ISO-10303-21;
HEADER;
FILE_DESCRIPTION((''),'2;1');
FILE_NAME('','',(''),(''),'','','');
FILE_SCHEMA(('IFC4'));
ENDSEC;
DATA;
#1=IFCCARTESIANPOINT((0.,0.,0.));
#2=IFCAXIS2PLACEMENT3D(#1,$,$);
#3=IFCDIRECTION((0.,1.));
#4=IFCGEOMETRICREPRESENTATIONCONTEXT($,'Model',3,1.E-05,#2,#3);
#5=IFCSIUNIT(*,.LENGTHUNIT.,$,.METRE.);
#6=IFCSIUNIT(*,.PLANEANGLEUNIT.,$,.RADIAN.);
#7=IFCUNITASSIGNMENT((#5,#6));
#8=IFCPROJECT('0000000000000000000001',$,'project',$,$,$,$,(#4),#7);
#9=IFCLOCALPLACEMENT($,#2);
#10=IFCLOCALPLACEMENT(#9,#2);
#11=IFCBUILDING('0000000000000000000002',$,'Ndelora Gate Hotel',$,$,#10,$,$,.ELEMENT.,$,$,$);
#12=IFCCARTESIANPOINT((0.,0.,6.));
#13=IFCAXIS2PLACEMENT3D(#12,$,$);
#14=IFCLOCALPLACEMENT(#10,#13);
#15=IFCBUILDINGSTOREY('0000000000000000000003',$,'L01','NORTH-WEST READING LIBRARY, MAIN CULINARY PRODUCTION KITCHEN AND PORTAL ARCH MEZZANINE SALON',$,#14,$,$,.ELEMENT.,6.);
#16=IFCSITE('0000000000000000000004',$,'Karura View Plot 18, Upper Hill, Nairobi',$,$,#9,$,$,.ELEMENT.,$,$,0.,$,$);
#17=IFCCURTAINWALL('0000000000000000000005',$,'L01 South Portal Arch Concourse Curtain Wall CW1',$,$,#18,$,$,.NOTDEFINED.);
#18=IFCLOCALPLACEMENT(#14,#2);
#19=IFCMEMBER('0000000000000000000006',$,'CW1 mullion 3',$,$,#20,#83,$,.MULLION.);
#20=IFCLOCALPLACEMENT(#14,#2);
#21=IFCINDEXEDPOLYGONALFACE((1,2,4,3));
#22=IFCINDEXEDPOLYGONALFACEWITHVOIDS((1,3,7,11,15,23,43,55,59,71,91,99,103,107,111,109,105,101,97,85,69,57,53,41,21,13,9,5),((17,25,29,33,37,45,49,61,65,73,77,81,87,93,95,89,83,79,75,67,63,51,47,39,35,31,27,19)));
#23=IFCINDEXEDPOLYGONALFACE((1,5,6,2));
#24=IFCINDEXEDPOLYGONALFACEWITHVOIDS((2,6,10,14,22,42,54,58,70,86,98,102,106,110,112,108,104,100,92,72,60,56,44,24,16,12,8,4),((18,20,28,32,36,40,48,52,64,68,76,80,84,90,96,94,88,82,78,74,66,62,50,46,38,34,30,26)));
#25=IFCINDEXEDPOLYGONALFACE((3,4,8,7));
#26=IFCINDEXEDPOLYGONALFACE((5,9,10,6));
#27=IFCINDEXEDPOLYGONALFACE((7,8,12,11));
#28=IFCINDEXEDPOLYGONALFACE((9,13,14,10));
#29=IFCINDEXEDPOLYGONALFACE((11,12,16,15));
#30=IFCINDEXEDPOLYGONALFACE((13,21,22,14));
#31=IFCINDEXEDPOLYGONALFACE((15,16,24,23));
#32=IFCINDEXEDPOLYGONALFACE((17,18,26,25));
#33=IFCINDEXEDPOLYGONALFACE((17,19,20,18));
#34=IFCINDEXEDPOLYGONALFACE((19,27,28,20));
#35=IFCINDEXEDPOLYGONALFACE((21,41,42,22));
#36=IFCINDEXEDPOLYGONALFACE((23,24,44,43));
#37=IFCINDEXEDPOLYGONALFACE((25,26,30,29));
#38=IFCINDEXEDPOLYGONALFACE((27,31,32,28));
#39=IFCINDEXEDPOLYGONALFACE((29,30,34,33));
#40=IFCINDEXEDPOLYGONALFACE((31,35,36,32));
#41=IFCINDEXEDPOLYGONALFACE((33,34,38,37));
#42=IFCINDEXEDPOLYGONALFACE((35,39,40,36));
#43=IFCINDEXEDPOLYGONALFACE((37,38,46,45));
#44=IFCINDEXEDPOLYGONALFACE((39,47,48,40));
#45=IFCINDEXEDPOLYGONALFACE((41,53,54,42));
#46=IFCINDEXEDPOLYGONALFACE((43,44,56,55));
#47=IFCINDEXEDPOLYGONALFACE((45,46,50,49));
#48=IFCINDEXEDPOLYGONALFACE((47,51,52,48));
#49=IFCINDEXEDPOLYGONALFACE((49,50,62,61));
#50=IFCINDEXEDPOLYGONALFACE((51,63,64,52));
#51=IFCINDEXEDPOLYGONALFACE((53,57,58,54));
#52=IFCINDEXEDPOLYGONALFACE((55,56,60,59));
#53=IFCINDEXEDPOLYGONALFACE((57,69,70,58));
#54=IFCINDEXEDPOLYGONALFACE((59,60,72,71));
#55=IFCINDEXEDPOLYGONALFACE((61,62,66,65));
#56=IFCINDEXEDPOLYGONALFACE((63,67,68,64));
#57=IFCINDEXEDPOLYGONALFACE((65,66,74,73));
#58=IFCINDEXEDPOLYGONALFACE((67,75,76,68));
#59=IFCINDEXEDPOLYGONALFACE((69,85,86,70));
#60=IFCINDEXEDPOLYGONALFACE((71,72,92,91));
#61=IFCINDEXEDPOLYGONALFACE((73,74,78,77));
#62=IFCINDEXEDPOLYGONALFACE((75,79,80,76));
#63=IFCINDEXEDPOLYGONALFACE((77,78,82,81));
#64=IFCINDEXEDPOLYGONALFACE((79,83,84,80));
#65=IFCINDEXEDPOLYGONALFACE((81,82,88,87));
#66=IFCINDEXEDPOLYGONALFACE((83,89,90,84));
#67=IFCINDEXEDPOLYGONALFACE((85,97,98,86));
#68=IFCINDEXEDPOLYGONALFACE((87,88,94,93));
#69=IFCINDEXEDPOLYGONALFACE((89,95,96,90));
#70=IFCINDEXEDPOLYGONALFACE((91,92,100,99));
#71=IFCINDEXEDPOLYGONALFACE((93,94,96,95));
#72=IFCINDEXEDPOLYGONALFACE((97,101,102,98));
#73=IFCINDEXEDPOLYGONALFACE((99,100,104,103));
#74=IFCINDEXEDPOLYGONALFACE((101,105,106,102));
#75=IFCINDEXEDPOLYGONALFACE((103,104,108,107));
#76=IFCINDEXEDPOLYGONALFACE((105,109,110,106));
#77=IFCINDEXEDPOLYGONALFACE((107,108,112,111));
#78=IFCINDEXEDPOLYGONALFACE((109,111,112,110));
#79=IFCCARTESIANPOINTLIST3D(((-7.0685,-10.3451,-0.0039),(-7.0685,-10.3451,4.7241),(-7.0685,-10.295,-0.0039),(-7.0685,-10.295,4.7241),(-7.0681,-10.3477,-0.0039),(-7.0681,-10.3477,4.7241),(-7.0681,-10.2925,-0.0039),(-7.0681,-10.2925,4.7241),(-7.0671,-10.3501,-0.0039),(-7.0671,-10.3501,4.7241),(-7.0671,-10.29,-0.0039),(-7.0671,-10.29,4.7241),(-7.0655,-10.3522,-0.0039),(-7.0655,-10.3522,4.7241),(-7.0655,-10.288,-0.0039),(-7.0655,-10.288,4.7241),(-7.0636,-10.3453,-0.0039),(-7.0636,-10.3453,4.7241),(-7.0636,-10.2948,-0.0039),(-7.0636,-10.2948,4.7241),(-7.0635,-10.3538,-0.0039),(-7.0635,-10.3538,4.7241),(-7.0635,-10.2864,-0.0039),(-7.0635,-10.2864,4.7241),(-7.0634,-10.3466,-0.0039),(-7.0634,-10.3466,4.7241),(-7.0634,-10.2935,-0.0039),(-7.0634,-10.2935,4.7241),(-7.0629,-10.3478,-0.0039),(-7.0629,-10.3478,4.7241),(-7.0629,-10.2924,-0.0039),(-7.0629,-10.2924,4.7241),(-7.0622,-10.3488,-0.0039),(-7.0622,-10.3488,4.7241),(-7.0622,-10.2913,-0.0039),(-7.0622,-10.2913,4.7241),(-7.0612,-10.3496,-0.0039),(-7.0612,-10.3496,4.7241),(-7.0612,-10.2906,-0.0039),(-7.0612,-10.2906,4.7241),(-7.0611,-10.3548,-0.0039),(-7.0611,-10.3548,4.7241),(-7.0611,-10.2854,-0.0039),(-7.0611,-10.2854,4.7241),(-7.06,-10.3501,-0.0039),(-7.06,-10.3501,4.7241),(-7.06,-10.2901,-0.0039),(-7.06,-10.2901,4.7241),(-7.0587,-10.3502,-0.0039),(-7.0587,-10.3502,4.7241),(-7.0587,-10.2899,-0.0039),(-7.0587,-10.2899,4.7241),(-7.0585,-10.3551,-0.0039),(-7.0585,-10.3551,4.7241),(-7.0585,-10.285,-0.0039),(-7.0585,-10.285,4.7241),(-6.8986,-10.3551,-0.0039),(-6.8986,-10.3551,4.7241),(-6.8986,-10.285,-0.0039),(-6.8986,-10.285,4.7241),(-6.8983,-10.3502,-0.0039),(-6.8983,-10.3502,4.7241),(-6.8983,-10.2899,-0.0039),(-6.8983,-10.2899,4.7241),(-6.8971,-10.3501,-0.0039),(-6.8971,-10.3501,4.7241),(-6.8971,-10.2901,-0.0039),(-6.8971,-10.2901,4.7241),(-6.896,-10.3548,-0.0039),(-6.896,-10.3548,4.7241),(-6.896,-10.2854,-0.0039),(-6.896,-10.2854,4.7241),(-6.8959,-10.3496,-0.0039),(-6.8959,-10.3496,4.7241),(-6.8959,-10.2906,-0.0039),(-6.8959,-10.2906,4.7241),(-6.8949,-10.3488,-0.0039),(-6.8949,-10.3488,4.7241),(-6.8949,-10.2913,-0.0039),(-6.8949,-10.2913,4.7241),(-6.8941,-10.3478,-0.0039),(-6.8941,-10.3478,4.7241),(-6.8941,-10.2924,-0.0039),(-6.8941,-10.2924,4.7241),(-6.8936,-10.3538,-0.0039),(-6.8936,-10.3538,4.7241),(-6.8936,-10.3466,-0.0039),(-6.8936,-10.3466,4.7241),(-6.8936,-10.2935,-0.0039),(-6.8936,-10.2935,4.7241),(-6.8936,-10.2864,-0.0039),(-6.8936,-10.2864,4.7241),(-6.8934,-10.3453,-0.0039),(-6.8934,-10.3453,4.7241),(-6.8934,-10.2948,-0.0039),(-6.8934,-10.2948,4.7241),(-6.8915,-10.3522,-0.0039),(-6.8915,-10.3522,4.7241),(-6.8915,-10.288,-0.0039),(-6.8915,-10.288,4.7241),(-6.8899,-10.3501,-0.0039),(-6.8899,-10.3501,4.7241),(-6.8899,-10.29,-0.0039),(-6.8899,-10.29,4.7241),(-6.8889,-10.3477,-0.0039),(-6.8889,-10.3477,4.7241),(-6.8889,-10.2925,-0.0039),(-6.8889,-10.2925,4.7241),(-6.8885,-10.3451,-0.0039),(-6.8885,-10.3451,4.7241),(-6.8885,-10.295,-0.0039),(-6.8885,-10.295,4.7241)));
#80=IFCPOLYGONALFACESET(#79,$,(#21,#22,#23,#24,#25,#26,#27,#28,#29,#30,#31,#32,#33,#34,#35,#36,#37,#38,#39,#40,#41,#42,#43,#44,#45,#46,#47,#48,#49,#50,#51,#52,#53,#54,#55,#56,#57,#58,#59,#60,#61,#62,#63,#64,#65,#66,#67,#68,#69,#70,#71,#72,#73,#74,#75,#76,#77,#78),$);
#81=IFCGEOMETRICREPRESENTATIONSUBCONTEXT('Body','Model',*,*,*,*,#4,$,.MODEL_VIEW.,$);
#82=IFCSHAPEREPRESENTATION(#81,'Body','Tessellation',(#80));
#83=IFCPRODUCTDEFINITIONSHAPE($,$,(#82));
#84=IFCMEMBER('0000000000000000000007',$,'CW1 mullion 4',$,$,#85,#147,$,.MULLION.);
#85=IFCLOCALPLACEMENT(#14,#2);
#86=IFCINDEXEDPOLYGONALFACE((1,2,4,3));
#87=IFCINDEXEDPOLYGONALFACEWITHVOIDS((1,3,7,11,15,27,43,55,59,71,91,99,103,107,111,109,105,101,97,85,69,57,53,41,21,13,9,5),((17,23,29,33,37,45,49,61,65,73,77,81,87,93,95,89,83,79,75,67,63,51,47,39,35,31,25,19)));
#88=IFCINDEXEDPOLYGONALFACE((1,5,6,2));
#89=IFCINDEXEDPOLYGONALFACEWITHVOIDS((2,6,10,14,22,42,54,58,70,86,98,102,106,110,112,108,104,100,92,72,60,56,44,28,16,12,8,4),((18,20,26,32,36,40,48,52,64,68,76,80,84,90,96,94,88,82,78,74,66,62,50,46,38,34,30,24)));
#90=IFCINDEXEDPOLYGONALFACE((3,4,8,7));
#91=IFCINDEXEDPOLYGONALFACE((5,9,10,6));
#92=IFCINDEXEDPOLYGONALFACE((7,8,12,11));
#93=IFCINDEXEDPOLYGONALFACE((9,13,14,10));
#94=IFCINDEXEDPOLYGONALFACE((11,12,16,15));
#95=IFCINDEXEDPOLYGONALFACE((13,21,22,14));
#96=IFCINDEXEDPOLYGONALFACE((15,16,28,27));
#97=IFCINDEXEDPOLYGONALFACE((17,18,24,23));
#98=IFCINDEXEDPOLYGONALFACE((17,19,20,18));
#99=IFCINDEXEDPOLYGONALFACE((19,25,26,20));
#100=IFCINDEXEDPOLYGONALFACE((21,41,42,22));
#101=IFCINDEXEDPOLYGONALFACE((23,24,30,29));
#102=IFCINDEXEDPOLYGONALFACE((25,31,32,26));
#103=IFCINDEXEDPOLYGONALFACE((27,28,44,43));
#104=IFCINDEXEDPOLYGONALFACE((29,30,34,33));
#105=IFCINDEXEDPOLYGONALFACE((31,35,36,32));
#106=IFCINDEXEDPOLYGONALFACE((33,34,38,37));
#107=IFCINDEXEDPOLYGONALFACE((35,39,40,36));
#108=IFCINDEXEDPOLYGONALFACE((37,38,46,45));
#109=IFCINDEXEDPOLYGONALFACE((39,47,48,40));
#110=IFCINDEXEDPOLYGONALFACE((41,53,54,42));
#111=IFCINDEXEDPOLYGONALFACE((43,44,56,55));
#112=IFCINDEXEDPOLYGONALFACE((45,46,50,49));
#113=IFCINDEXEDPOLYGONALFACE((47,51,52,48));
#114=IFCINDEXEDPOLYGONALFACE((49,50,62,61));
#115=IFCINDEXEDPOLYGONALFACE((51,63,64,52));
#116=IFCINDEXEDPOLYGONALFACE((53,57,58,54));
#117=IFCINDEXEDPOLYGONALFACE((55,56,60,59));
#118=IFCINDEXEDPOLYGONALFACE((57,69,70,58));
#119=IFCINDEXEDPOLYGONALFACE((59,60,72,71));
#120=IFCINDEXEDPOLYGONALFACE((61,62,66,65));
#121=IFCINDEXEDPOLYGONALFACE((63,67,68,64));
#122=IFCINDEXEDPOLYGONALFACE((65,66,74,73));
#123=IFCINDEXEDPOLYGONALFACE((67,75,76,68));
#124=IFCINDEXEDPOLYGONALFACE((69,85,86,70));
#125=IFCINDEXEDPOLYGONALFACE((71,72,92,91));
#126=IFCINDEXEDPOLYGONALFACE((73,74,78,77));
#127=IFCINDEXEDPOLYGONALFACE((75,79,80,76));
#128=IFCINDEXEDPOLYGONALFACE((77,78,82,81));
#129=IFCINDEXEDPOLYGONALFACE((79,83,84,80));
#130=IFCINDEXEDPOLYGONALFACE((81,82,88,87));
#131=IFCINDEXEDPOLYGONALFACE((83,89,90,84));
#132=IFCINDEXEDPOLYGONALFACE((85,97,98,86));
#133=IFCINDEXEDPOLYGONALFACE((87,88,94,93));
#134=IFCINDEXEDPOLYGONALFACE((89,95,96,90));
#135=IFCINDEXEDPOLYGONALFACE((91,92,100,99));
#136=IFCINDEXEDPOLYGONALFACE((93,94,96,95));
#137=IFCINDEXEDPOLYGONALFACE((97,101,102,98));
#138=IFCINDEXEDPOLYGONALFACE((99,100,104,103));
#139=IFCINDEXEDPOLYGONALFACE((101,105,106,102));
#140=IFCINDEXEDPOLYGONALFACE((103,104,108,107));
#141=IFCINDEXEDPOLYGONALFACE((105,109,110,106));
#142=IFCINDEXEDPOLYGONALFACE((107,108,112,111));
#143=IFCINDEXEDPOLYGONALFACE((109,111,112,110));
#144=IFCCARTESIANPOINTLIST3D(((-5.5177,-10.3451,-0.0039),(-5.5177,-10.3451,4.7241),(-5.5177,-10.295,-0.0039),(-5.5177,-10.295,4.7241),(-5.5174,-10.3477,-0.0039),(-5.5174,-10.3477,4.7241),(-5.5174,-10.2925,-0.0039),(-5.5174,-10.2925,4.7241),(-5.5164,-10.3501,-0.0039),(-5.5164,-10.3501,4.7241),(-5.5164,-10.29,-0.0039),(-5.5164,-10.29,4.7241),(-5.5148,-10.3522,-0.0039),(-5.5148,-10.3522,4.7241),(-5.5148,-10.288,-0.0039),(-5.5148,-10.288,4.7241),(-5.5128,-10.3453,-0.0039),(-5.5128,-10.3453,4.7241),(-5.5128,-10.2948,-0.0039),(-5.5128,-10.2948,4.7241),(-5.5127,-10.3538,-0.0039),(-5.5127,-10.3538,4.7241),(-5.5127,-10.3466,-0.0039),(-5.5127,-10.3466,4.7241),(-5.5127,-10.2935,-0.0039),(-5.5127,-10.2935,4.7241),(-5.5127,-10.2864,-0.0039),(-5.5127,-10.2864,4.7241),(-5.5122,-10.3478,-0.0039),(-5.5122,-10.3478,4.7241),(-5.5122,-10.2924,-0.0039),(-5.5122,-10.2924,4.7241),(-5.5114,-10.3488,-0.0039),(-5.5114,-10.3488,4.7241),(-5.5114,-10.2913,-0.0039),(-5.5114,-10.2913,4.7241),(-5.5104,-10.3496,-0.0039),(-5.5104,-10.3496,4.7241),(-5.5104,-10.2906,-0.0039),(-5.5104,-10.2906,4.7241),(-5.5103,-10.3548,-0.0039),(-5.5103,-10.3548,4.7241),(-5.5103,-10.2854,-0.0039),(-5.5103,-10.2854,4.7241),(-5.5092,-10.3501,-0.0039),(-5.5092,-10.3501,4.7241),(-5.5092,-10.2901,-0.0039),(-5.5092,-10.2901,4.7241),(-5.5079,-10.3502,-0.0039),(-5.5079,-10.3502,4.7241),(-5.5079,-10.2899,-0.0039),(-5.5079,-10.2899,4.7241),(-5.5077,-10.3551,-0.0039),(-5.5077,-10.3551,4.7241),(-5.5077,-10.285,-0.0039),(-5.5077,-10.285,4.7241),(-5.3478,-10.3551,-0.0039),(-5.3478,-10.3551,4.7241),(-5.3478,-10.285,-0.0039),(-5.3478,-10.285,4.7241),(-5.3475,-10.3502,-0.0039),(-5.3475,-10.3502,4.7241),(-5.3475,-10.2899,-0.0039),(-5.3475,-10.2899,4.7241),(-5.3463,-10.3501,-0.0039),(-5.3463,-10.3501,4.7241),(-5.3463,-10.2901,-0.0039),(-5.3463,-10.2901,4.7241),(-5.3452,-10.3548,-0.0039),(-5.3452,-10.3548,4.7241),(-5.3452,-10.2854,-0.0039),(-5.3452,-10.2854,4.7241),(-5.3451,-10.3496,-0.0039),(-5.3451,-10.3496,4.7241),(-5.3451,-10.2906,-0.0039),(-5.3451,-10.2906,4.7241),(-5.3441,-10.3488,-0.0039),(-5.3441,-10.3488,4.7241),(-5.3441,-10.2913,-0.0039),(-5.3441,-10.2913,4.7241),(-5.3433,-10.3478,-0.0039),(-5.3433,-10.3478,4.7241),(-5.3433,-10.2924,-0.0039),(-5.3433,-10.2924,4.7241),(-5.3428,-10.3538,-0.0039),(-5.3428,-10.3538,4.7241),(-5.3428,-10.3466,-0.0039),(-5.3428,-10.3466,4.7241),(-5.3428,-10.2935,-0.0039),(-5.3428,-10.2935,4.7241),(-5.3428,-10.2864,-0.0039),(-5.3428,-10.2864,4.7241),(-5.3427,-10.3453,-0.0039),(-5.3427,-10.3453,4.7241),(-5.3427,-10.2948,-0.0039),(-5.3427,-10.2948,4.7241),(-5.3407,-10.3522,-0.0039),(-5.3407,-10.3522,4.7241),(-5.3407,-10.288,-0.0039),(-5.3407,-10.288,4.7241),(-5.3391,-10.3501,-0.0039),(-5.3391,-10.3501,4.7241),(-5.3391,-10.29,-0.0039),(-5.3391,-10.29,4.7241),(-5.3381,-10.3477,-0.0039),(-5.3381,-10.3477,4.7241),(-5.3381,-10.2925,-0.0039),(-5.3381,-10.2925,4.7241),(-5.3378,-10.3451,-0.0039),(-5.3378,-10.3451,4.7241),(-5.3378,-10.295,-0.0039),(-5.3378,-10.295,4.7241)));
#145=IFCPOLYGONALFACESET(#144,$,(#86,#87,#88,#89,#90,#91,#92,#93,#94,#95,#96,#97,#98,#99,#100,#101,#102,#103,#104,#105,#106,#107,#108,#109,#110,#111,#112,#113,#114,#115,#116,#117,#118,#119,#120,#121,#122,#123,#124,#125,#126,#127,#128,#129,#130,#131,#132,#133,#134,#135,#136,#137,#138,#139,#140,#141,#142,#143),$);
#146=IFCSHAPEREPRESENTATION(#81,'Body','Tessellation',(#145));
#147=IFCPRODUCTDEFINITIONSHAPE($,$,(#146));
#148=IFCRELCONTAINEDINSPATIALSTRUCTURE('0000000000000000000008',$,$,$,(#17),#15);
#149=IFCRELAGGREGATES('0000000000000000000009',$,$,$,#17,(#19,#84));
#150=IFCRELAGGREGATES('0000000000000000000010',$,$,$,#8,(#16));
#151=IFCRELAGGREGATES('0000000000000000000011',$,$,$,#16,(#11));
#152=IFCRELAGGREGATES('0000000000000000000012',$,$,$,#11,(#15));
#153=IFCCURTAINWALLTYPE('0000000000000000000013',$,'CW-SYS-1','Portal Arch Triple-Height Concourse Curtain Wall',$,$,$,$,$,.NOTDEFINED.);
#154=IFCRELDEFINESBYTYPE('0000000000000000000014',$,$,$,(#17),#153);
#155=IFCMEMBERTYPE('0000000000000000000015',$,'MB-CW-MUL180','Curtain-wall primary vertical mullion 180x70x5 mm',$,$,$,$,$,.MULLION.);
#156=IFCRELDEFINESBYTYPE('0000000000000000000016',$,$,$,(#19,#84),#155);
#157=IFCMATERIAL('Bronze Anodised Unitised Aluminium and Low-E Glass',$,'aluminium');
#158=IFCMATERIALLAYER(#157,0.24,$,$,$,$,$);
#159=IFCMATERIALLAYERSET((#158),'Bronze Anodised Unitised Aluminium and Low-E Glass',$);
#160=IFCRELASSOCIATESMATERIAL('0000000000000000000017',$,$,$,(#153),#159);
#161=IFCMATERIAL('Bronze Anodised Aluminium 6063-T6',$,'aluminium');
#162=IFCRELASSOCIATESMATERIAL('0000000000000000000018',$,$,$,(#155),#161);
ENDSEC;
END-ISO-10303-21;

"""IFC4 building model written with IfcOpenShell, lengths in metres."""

from ifc_helpers import new_model, si_unit, direction, frame, origin, origin_2d, place, context, subcontext, project, spatial, hollow_rectangle, extrude, material, layer, layer_set, material_profile, profile_set, type_object, element, aggregate, save


model = new_model("IFC4")

# Units and contexts
model_context = context("Model", 3, precision=1e-05, world=origin(), true_north=direction((0.0, 1.0)))
body_context = subcontext(model_context, "Body", "Model", "MODEL_VIEW")
ifc_project = project(units=[si_unit("LENGTHUNIT", "METRE"), si_unit("PLANEANGLEUNIT", "RADIAN")], contexts=[model_context])

# Site, building, storey
site_placement = place(None, origin())
site = spatial("IfcSite", under=ifc_project, at=site_placement, Name="Karura View Plot 18, Upper Hill, Nairobi", CompositionType="ELEMENT", RefElevation=0.0)
building_placement = place(site_placement, origin())
building = spatial("IfcBuilding", under=site, at=building_placement, Name="Ndelora Gate Hotel", CompositionType="ELEMENT")
storey_placement = place(building_placement, frame((0.0, 0.0, 6.0)))
storey = spatial("IfcBuildingStorey", under=building, at=storey_placement, Name="L01", Description="NORTH-WEST READING LIBRARY, MAIN CULINARY PRODUCTION KITCHEN AND PORTAL ARCH MEZZANINE SALON", CompositionType="ELEMENT", Elevation=6.0)

# Curtain wall, members
ifc_material_1 = material(Name="Bronze Anodised Unitised Aluminium and Low-E Glass", Category="aluminium")
ifc_layer_1 = layer(ifc_material_1, 0.24)
ifc_layer_set_1 = layer_set([ifc_layer_1], Name="Bronze Anodised Unitised Aluminium and Low-E Glass")
curtain_wall_type = type_object("IfcCurtainWallType", Name="CW-SYS-1", Description="Portal Arch Triple-Height Concourse Curtain Wall", PredefinedType="NOTDEFINED", material=ifc_layer_set_1)
curtain_wall_placement = place(storey_placement, origin())
curtain_wall = element("IfcCurtainWall", 1, at=curtain_wall_placement, inside=storey, type_object=curtain_wall_type, Name="L01 South Portal Arch Concourse Curtain Wall CW1", PredefinedType="NOTDEFINED")
ifc_material_2 = material(Name="Bronze Anodised Aluminium 6063-T6", Category="aluminium")
ifc_material_profile_1 = material_profile(ifc_material_2, hollow_rectangle(XDim=0.0701, YDim=0.1799, WallThickness=0.0049, InnerFilletRadius=0.0049, OuterFilletRadius=0.01, at=origin_2d()), Name="ALU 180x70x5")
ifc_profile_set_1 = profile_set([ifc_material_profile_1], Name="Bronze Anodised Aluminium 6063-T6")
member_type_1 = type_object("IfcMemberType", Name="MB-CW-MUL180", Description="Curtain-wall primary vertical mullion 180x70x5 mm", PredefinedType="MULLION", material=ifc_profile_set_1)
member_1_placement = place(storey_placement, frame((-6.9785, -10.3201, -0.0039), z_axis=(0.0, 0.0, 1.0), x_axis=(0.0, 1.0, 0.0)))
member_1 = element("IfcMember", 2, at=member_1_placement, type_object=member_type_1, Name="CW1 mullion 3", PredefinedType="MULLION", context=body_context, shape_type="SweptSolid", body=[
    extrude(hollow_rectangle(XDim=0.0701, YDim=0.1799, WallThickness=0.0049, InnerFilletRadius=0.0049, OuterFilletRadius=0.01, at=origin_2d()), origin(), (0.0, 0.0, 1.0), 4.728),
])
member_2_placement = place(storey_placement, frame((-5.4277, -10.3201, -0.0039), z_axis=(0.0, 0.0, 1.0), x_axis=(0.0, 1.0, 0.0)))
member_2 = element("IfcMember", 3, at=member_2_placement, type_object=member_type_1, Name="CW1 mullion 4", PredefinedType="MULLION", context=body_context, shape_type="SweptSolid", body=[
    extrude(hollow_rectangle(XDim=0.0701, YDim=0.1799, WallThickness=0.0049, InnerFilletRadius=0.0049, OuterFilletRadius=0.01, at=origin_2d()), origin(), (0.0, 0.0, 1.0), 4.728),
])
aggregate(curtain_wall, [member_1, member_2])

save(model, "model.ifc")
